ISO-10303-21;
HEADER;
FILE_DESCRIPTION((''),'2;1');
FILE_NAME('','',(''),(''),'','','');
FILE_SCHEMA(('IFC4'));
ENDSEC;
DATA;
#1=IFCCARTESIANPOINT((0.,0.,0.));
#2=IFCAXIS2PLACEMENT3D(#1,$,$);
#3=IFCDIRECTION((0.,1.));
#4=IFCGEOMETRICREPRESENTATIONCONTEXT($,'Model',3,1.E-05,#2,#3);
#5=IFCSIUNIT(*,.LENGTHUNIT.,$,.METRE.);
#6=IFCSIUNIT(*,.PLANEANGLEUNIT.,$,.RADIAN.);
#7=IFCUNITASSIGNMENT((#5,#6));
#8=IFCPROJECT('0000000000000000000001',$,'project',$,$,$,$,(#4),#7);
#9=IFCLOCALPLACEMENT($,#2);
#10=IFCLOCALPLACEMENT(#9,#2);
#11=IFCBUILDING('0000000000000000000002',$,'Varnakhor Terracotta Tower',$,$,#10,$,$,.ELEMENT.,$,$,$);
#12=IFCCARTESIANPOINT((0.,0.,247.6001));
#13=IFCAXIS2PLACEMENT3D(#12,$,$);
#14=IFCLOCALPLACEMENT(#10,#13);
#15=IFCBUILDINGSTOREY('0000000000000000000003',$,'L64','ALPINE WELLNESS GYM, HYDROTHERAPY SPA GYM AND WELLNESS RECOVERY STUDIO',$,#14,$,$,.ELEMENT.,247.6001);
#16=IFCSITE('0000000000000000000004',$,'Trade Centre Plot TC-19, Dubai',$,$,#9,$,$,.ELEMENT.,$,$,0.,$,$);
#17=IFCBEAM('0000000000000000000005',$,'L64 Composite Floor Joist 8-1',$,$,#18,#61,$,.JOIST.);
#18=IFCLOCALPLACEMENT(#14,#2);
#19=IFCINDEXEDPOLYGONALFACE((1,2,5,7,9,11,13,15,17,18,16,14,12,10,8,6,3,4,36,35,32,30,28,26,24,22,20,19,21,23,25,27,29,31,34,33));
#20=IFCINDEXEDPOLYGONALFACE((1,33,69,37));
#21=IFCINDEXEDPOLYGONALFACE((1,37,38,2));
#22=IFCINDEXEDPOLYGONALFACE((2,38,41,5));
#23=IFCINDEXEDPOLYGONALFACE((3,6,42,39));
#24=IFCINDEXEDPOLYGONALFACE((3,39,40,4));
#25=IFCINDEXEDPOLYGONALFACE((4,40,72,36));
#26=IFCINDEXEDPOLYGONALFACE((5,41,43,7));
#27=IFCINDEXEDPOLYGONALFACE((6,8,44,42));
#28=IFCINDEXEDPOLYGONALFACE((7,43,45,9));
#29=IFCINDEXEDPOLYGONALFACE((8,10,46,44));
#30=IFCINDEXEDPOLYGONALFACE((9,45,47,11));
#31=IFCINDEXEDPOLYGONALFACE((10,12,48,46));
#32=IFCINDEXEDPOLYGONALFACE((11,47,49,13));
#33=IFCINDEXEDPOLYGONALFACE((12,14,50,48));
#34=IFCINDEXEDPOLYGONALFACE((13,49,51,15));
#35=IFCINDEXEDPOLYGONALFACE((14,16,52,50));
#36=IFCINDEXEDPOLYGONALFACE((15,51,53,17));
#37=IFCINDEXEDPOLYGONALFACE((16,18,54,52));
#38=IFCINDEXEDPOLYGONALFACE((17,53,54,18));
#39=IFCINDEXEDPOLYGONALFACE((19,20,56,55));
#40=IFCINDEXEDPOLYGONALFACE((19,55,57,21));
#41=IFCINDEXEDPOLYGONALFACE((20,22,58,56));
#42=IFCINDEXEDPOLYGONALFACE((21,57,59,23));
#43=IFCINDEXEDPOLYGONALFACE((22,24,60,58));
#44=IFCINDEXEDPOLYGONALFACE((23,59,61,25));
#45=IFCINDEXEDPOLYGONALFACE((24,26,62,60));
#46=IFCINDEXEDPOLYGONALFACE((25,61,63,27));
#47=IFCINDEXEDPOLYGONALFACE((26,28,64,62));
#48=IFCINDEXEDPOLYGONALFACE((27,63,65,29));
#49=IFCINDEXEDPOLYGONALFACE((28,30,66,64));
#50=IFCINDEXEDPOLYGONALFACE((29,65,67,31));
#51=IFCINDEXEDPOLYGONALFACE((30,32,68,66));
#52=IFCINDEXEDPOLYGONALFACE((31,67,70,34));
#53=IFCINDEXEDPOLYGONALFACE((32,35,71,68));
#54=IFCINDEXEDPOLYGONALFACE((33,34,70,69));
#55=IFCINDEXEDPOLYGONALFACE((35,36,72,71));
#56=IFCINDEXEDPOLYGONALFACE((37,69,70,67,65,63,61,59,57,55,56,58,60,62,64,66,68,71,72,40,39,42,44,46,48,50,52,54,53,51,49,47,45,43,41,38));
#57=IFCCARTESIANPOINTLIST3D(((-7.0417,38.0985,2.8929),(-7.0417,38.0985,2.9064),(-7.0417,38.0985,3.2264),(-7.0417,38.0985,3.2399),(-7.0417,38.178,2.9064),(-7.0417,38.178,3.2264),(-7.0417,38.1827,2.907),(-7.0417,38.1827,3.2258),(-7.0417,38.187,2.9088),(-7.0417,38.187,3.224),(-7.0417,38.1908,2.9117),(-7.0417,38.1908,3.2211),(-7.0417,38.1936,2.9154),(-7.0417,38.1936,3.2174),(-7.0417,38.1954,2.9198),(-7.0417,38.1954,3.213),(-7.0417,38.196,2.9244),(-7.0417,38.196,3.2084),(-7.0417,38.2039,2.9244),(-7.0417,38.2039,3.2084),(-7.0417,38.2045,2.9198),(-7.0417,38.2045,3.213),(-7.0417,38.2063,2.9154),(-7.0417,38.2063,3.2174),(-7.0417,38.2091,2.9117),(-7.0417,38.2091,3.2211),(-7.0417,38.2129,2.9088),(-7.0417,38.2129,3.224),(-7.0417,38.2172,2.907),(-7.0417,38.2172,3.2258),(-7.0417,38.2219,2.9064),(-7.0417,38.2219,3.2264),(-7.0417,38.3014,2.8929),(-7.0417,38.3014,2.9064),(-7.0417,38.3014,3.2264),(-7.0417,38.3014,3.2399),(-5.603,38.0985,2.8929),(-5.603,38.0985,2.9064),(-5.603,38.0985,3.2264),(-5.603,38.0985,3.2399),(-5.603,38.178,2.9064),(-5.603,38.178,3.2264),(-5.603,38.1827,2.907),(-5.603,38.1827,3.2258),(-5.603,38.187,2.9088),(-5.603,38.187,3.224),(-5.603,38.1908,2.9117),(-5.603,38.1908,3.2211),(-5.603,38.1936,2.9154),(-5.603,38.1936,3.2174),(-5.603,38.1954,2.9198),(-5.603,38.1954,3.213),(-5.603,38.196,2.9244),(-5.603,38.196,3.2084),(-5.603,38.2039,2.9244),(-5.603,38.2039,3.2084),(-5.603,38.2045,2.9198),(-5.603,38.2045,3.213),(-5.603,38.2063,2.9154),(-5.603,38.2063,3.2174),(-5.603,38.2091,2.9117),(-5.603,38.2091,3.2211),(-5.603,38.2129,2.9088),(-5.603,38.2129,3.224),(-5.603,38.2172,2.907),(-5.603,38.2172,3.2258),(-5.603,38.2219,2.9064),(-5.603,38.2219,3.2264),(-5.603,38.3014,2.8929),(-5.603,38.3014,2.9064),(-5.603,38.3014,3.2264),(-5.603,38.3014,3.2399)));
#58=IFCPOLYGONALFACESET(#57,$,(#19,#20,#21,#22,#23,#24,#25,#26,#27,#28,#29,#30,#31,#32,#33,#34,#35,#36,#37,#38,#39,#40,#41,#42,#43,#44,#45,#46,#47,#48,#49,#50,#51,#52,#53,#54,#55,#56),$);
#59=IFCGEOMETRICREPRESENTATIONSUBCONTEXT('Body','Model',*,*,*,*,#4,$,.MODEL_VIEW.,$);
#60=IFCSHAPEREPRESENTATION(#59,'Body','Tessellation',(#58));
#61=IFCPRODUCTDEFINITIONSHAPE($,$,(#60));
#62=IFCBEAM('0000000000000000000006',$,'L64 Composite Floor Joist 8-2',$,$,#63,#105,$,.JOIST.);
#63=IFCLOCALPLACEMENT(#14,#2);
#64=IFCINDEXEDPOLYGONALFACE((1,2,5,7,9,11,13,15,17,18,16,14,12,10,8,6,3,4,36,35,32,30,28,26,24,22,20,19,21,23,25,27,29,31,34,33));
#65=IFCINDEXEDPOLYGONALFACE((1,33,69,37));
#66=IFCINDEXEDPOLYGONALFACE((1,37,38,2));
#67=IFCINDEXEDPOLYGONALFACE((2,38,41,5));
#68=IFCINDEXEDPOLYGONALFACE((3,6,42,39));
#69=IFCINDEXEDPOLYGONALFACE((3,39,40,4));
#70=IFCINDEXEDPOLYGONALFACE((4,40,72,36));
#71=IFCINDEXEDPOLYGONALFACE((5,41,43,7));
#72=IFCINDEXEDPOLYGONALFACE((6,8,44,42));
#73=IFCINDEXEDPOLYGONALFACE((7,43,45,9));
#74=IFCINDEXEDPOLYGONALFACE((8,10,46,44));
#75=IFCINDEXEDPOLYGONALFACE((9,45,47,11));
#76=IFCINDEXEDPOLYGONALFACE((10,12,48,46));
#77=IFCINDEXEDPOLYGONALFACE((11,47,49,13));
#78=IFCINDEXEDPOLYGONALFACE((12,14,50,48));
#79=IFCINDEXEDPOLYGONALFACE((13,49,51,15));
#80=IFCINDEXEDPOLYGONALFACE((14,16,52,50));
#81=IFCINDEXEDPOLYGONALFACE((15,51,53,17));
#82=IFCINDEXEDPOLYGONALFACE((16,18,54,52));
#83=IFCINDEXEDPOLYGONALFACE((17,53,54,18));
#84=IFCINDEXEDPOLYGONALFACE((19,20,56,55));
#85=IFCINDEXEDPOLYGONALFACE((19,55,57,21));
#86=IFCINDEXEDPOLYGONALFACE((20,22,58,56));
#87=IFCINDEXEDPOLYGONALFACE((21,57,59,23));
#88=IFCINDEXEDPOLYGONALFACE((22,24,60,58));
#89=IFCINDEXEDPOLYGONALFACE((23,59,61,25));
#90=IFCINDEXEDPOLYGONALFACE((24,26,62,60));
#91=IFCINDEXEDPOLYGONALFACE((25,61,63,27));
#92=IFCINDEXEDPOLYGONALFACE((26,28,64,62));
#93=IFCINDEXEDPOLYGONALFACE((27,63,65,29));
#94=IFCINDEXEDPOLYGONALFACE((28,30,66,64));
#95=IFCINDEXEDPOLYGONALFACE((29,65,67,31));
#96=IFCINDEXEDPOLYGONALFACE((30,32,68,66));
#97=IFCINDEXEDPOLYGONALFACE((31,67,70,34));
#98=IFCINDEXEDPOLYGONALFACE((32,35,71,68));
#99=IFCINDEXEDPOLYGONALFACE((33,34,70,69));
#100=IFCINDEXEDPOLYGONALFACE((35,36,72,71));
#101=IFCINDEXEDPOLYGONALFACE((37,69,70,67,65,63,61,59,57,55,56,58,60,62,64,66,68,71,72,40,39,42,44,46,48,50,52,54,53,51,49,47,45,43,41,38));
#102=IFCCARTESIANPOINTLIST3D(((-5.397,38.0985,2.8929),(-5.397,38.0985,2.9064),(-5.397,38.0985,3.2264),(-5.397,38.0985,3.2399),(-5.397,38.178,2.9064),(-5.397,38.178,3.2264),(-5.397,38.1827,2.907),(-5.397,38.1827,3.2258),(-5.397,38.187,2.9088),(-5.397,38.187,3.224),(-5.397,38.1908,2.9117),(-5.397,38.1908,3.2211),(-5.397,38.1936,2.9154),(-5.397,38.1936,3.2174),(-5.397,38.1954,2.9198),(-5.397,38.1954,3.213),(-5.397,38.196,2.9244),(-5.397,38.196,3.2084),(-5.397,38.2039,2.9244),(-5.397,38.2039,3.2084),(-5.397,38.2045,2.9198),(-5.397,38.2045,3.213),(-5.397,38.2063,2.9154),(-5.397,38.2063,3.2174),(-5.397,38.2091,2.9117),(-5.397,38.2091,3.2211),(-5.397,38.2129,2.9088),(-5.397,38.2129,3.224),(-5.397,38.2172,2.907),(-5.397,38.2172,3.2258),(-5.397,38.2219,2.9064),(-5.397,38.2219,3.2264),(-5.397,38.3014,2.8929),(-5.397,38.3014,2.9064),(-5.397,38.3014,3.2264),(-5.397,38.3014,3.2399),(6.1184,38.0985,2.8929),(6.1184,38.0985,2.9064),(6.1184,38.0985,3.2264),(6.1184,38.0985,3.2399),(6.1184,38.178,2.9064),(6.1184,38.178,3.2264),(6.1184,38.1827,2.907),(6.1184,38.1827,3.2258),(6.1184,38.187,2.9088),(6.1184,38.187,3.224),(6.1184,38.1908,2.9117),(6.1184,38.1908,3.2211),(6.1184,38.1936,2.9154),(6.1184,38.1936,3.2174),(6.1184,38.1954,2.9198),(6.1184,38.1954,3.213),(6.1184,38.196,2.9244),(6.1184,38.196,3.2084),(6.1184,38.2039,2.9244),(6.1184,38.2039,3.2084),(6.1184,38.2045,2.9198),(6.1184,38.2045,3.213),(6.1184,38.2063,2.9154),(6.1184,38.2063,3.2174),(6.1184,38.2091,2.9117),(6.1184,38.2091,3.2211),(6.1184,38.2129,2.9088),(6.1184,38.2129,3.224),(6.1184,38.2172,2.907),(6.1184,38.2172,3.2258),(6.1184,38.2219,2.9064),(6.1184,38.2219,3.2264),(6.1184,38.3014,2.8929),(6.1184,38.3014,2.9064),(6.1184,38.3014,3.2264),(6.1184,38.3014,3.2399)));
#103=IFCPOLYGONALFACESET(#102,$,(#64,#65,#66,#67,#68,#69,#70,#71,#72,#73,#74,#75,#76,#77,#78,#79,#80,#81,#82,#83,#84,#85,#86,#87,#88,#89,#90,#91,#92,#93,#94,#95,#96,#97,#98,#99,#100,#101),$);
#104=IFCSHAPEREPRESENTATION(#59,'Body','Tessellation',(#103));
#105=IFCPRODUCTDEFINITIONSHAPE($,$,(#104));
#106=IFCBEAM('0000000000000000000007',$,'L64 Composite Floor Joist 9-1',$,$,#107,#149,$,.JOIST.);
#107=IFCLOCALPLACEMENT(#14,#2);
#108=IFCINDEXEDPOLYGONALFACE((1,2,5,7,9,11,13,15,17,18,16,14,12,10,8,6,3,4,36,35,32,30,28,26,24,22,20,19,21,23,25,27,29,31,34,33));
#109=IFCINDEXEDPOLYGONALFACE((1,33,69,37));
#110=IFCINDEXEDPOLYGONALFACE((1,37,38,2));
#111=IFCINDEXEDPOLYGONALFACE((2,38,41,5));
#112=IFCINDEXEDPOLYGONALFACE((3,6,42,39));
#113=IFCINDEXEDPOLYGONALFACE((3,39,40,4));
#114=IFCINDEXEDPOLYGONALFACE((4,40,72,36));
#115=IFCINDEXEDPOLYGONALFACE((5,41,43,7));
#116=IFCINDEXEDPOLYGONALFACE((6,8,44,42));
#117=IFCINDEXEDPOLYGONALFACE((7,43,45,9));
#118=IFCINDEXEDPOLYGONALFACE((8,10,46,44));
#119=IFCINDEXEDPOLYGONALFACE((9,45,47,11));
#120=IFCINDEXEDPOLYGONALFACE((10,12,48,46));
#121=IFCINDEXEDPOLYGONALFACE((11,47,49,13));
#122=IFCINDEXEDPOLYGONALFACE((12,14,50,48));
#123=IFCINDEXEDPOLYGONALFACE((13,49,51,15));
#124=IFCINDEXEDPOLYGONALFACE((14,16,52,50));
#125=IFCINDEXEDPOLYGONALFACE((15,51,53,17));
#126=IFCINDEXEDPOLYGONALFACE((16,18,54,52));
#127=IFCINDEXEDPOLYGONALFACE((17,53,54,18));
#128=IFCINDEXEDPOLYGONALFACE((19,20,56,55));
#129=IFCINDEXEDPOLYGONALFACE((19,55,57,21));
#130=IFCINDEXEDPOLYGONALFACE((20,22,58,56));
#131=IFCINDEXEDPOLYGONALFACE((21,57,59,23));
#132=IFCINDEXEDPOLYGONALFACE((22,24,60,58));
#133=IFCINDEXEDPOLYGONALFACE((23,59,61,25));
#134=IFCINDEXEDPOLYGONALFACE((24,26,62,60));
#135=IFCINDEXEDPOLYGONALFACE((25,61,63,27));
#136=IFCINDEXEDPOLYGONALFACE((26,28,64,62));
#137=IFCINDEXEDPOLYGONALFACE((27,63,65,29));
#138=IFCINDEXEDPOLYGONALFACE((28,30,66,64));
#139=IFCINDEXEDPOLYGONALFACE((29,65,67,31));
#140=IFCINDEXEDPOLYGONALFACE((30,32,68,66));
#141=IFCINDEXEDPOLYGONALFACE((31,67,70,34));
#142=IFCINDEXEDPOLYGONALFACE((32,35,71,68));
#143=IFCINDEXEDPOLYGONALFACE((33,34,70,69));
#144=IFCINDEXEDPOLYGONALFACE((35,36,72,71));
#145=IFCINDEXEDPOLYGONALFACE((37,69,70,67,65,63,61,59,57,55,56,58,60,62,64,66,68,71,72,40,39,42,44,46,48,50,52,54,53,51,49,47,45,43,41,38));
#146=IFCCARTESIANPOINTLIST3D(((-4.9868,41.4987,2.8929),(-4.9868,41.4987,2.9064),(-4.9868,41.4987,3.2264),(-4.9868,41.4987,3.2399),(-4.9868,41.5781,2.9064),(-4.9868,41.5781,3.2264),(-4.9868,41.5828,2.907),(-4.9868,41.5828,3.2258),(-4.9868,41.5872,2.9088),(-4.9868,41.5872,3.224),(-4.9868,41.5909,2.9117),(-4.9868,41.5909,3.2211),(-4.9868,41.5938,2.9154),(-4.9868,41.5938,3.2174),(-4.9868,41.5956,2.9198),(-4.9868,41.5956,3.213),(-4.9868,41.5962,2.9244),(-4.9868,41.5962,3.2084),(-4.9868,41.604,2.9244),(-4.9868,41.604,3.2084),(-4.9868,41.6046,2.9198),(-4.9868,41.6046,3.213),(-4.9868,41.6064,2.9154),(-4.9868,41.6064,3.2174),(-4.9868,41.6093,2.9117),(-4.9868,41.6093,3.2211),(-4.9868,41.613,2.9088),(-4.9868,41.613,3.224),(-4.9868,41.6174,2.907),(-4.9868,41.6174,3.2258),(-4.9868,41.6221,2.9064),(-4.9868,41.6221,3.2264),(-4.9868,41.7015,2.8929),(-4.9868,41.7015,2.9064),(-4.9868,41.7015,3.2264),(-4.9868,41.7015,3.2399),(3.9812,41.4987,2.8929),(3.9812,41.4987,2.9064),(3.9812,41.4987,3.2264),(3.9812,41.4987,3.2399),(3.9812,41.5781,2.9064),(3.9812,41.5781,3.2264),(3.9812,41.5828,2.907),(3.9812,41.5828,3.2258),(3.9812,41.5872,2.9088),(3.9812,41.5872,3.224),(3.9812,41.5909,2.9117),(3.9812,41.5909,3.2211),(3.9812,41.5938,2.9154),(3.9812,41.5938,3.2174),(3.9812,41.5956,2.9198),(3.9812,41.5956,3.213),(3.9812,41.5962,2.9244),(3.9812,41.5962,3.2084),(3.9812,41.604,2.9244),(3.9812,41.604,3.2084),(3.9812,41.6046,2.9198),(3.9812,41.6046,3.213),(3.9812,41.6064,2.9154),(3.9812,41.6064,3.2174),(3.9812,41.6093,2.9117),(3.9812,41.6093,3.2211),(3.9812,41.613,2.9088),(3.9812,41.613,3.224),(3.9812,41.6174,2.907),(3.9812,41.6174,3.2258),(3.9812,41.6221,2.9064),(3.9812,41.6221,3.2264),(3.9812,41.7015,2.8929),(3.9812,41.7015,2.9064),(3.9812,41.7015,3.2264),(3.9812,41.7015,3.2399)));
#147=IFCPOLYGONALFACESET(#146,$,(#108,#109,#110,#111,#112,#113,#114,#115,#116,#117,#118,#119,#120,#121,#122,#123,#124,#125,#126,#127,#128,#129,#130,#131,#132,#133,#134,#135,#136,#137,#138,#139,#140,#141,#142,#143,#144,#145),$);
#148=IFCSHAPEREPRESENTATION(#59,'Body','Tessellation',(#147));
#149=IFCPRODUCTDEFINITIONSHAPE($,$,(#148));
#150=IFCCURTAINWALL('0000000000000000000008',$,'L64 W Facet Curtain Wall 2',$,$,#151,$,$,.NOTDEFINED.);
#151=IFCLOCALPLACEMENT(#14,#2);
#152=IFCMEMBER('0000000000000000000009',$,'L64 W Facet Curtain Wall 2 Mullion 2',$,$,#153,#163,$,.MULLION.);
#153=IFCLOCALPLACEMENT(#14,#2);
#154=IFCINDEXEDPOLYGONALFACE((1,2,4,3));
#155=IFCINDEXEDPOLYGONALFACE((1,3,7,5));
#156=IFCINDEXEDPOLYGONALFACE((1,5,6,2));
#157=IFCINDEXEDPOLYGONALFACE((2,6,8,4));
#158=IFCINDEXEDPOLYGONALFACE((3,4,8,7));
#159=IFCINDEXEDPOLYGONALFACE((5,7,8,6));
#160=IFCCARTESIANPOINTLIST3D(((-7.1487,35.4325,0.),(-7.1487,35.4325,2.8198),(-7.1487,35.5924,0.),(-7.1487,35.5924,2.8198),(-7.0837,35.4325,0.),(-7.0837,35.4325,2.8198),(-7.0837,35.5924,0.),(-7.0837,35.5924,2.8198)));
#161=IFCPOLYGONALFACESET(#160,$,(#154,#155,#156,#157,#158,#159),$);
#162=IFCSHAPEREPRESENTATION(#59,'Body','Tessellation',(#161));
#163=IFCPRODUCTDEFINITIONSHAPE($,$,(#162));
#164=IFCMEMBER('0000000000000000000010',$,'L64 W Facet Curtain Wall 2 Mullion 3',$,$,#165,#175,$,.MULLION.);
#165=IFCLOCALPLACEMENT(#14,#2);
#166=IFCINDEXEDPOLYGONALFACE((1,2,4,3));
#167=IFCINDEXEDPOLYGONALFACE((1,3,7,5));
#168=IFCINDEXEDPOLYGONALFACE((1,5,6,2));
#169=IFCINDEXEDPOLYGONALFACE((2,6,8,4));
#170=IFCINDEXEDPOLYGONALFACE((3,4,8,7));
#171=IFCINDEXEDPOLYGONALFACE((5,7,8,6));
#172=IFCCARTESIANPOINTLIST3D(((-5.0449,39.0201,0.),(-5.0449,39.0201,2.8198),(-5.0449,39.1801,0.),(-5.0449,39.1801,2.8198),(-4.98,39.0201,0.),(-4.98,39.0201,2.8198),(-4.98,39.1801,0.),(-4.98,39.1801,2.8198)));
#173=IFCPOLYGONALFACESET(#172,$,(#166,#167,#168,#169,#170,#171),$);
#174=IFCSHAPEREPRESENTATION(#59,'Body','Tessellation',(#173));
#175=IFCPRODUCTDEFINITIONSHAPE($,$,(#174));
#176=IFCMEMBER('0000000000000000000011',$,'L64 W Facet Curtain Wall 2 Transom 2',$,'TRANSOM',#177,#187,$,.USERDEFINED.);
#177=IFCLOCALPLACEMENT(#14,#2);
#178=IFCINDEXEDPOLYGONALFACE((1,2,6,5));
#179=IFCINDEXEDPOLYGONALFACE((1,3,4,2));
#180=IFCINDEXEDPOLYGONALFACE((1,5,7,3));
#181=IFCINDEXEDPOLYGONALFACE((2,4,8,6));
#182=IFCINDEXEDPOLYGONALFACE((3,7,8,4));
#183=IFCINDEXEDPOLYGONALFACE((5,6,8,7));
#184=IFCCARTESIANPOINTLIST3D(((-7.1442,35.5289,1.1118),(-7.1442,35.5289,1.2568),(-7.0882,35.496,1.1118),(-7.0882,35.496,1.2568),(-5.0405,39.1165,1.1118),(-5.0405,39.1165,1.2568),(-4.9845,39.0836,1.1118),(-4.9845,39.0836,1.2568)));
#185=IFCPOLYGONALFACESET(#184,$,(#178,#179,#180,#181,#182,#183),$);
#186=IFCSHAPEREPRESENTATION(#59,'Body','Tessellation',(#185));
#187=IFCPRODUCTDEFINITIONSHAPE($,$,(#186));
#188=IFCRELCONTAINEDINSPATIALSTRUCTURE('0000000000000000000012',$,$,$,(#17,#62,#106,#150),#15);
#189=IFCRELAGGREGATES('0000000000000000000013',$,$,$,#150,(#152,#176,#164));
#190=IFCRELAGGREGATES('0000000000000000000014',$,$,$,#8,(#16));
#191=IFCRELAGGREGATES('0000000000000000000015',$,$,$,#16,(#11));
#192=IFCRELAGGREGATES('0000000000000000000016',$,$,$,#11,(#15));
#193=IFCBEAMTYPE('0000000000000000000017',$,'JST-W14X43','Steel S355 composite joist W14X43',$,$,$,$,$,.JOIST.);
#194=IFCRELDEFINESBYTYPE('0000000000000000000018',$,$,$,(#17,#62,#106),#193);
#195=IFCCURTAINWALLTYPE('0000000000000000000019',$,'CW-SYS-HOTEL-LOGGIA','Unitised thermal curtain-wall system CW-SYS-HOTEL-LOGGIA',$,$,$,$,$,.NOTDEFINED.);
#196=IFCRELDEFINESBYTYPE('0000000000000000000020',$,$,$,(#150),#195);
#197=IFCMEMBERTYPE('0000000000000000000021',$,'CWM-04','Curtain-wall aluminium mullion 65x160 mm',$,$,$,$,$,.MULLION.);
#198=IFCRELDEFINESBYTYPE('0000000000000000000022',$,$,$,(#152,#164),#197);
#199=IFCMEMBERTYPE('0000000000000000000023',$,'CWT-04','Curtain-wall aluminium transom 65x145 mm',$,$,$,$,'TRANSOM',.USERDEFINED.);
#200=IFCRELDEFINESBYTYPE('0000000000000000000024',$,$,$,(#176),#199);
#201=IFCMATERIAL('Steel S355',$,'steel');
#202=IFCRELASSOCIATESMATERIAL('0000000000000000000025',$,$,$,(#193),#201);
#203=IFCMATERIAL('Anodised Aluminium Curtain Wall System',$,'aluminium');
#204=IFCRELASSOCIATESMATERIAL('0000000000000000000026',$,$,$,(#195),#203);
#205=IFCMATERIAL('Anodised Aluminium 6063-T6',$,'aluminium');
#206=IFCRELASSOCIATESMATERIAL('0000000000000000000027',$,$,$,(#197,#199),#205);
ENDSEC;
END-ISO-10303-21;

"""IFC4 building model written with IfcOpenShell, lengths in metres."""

from ifc_helpers import new_model, si_unit, direction, frame, origin, origin_2d, place, context, subcontext, project, spatial, rectangle, i_section, extrude, source, transform, mapped, material, material_profile, profile_set, type_object, element, aggregate, save


model = new_model("IFC4")

# Units and contexts
model_context = context("Model", 3, precision=1e-05, world=origin(), true_north=direction((0.0, 1.0)))
body_context = subcontext(model_context, "Body", "Model", "MODEL_VIEW")
ifc_project = project(units=[si_unit("LENGTHUNIT", "METRE"), si_unit("PLANEANGLEUNIT", "RADIAN")], contexts=[model_context])

# Site, building, storey
site_placement = place(None, origin())
site = spatial("IfcSite", under=ifc_project, at=site_placement, Name="Trade Centre Plot TC-19, Dubai", CompositionType="ELEMENT", RefElevation=0.0)
building_placement = place(site_placement, origin())
building = spatial("IfcBuilding", under=site, at=building_placement, Name="Varnakhor Terracotta Tower", CompositionType="ELEMENT")
storey_placement = place(building_placement, frame((0.0, 0.0, 247.6001)))
storey = spatial("IfcBuildingStorey", under=building, at=storey_placement, Name="L64", Description="ALPINE WELLNESS GYM, HYDROTHERAPY SPA GYM AND WELLNESS RECOVERY STUDIO", CompositionType="ELEMENT", Elevation=247.6001)

# Beams
ifc_material_1 = material(Name="Steel S355", Category="steel")
ifc_material_profile_1 = material_profile(ifc_material_1, i_section(OverallWidth=0.2029, OverallDepth=0.3469, WebThickness=0.0078, FlangeThickness=0.0134, FilletRadius=0.0181, at=origin_2d()), Name="W14X43")
ifc_profile_set_1 = profile_set([ifc_material_profile_1], Name="Steel S355")
beam_type_1 = type_object("IfcBeamType", Name="JST-W14X43", Description="Steel S355 composite joist W14X43", PredefinedType="JOIST", material=ifc_profile_set_1)
shared_shape_1 = source(origin(), body_context, "Body", "SweptSolid", [
    extrude(i_section(OverallWidth=0.2029, OverallDepth=0.3469, WebThickness=0.0078, FlangeThickness=0.0134, FilletRadius=0.0181, at=origin_2d()), origin(), (0.0, 0.0, 1.0), 1.4387),
])
beam_1_placement = place(storey_placement, frame((-7.0417, 38.2, 3.0664), z_axis=(1.0, 0.0, 0.0), x_axis=(0.0, 1.0, 0.0)))
element("IfcBeam", 1, at=beam_1_placement, inside=storey, type_object=beam_type_1, Name="L64 Composite Floor Joist 8-1", PredefinedType="JOIST", context=body_context, shape_type="MappedRepresentation", body=[
    mapped(shared_shape_1, transform((0.0, 0.0, 0.0), scale=1.0)),
])
shared_shape_2 = source(origin(), body_context, "Body", "SweptSolid", [
    extrude(i_section(OverallWidth=0.2029, OverallDepth=0.3469, WebThickness=0.0078, FlangeThickness=0.0134, FilletRadius=0.0181, at=origin_2d()), origin(), (0.0, 0.0, 1.0), 11.5154),
])
beam_2_placement = place(storey_placement, frame((-5.397, 38.2, 3.0664), z_axis=(1.0, 0.0, 0.0), x_axis=(0.0, 1.0, 0.0)))
element("IfcBeam", 2, at=beam_2_placement, inside=storey, type_object=beam_type_1, Name="L64 Composite Floor Joist 8-2", PredefinedType="JOIST", context=body_context, shape_type="MappedRepresentation", body=[
    mapped(shared_shape_2, transform((0.0, 0.0, 0.0), scale=1.0)),
])
shared_shape_3 = source(origin(), body_context, "Body", "SweptSolid", [
    extrude(i_section(OverallWidth=0.2029, OverallDepth=0.3469, WebThickness=0.0078, FlangeThickness=0.0134, FilletRadius=0.0181, at=origin_2d()), origin(), (0.0, 0.0, 1.0), 8.968),
])
beam_3_placement = place(storey_placement, frame((-4.9868, 41.6001, 3.0664), z_axis=(1.0, 0.0, 0.0), x_axis=(0.0, 1.0, 0.0)))
element("IfcBeam", 3, at=beam_3_placement, inside=storey, type_object=beam_type_1, Name="L64 Composite Floor Joist 9-1", PredefinedType="JOIST", context=body_context, shape_type="MappedRepresentation", body=[
    mapped(shared_shape_3, transform((0.0, 0.0, 0.0), scale=1.0)),
])

# Curtain wall, members
ifc_material_2 = material(Name="Anodised Aluminium Curtain Wall System", Category="aluminium")
curtain_wall_type = type_object("IfcCurtainWallType", Name="CW-SYS-HOTEL-LOGGIA", Description="Unitised thermal curtain-wall system CW-SYS-HOTEL-LOGGIA", PredefinedType="NOTDEFINED", material=ifc_material_2)
curtain_wall_placement = place(storey_placement, origin())
curtain_wall = element("IfcCurtainWall", 4, at=curtain_wall_placement, inside=storey, type_object=curtain_wall_type, Name="L64 W Facet Curtain Wall 2", PredefinedType="NOTDEFINED")
ifc_material_3 = material(Name="Anodised Aluminium 6063-T6", Category="aluminium")
ifc_material_profile_2 = material_profile(ifc_material_3, rectangle(XDim=0.0649, YDim=0.1599, at=origin_2d()), Name="ALU MULLION 65x160")
ifc_profile_set_2 = profile_set([ifc_material_profile_2], Name="Anodised Aluminium 6063-T6")
member_type_1 = type_object("IfcMemberType", Name="CWM-04", Description="Curtain-wall aluminium mullion 65x160 mm", PredefinedType="MULLION", material=ifc_profile_set_2)
shared_shape_4 = source(origin(), body_context, "Body", "SweptSolid", [
    extrude(rectangle(XDim=0.0649, YDim=0.1599, at=origin_2d()), origin(), (0.0, 0.0, 1.0), 2.8198),
])
member_1_placement = place(storey_placement, frame((-7.1162, 35.5125, 0.0), z_axis=(0.0, 0.0, 1.0), x_axis=(1.0, 0.0, 0.0)))
member_1 = element("IfcMember", 5, at=member_1_placement, type_object=member_type_1, Name="L64 W Facet Curtain Wall 2 Mullion 2", PredefinedType="MULLION", context=body_context, shape_type="MappedRepresentation", body=[
    mapped(shared_shape_4, transform((0.0, 0.0, 0.0), scale=1.0)),
])
member_2_placement = place(storey_placement, frame((-5.0125, 39.1001, 0.0), z_axis=(0.0, 0.0, 1.0), x_axis=(1.0, 0.0, 0.0)))
member_2 = element("IfcMember", 6, at=member_2_placement, type_object=member_type_1, Name="L64 W Facet Curtain Wall 2 Mullion 3", PredefinedType="MULLION", context=body_context, shape_type="MappedRepresentation", body=[
    mapped(shared_shape_4, transform((0.0, 0.0, 0.0), scale=1.0)),
])
ifc_material_profile_3 = material_profile(ifc_material_3, rectangle(XDim=0.0649, YDim=0.145, at=origin_2d()), Name="ALU TRANSOM 65x145")
ifc_profile_set_3 = profile_set([ifc_material_profile_3], Name="Anodised Aluminium 6063-T6")
member_type_2 = type_object("IfcMemberType", Name="CWT-04", Description="Curtain-wall aluminium transom 65x145 mm", ElementType="TRANSOM", PredefinedType="USERDEFINED", material=ifc_profile_set_3)
shared_shape_5 = source(origin(), body_context, "Body", "SweptSolid", [
    extrude(rectangle(XDim=0.0649, YDim=0.145, at=origin_2d()), origin(), (0.0, 0.0, 1.0), 4.1589),
])
member_3_placement = place(storey_placement, frame((-7.1162, 35.5125, 1.1843), z_axis=(0.505837, 0.862629, 0.0), x_axis=(-0.862629, 0.505837, 0.0)))
member_3 = element("IfcMember", 7, at=member_3_placement, type_object=member_type_2, Name="L64 W Facet Curtain Wall 2 Transom 2", ObjectType="TRANSOM", PredefinedType="USERDEFINED", context=body_context, shape_type="MappedRepresentation", body=[
    mapped(shared_shape_5, transform((0.0, 0.0, 0.0), scale=1.0)),
])

aggregate(curtain_wall, [member_1, member_3, member_2])

save(model, "model.ifc")
